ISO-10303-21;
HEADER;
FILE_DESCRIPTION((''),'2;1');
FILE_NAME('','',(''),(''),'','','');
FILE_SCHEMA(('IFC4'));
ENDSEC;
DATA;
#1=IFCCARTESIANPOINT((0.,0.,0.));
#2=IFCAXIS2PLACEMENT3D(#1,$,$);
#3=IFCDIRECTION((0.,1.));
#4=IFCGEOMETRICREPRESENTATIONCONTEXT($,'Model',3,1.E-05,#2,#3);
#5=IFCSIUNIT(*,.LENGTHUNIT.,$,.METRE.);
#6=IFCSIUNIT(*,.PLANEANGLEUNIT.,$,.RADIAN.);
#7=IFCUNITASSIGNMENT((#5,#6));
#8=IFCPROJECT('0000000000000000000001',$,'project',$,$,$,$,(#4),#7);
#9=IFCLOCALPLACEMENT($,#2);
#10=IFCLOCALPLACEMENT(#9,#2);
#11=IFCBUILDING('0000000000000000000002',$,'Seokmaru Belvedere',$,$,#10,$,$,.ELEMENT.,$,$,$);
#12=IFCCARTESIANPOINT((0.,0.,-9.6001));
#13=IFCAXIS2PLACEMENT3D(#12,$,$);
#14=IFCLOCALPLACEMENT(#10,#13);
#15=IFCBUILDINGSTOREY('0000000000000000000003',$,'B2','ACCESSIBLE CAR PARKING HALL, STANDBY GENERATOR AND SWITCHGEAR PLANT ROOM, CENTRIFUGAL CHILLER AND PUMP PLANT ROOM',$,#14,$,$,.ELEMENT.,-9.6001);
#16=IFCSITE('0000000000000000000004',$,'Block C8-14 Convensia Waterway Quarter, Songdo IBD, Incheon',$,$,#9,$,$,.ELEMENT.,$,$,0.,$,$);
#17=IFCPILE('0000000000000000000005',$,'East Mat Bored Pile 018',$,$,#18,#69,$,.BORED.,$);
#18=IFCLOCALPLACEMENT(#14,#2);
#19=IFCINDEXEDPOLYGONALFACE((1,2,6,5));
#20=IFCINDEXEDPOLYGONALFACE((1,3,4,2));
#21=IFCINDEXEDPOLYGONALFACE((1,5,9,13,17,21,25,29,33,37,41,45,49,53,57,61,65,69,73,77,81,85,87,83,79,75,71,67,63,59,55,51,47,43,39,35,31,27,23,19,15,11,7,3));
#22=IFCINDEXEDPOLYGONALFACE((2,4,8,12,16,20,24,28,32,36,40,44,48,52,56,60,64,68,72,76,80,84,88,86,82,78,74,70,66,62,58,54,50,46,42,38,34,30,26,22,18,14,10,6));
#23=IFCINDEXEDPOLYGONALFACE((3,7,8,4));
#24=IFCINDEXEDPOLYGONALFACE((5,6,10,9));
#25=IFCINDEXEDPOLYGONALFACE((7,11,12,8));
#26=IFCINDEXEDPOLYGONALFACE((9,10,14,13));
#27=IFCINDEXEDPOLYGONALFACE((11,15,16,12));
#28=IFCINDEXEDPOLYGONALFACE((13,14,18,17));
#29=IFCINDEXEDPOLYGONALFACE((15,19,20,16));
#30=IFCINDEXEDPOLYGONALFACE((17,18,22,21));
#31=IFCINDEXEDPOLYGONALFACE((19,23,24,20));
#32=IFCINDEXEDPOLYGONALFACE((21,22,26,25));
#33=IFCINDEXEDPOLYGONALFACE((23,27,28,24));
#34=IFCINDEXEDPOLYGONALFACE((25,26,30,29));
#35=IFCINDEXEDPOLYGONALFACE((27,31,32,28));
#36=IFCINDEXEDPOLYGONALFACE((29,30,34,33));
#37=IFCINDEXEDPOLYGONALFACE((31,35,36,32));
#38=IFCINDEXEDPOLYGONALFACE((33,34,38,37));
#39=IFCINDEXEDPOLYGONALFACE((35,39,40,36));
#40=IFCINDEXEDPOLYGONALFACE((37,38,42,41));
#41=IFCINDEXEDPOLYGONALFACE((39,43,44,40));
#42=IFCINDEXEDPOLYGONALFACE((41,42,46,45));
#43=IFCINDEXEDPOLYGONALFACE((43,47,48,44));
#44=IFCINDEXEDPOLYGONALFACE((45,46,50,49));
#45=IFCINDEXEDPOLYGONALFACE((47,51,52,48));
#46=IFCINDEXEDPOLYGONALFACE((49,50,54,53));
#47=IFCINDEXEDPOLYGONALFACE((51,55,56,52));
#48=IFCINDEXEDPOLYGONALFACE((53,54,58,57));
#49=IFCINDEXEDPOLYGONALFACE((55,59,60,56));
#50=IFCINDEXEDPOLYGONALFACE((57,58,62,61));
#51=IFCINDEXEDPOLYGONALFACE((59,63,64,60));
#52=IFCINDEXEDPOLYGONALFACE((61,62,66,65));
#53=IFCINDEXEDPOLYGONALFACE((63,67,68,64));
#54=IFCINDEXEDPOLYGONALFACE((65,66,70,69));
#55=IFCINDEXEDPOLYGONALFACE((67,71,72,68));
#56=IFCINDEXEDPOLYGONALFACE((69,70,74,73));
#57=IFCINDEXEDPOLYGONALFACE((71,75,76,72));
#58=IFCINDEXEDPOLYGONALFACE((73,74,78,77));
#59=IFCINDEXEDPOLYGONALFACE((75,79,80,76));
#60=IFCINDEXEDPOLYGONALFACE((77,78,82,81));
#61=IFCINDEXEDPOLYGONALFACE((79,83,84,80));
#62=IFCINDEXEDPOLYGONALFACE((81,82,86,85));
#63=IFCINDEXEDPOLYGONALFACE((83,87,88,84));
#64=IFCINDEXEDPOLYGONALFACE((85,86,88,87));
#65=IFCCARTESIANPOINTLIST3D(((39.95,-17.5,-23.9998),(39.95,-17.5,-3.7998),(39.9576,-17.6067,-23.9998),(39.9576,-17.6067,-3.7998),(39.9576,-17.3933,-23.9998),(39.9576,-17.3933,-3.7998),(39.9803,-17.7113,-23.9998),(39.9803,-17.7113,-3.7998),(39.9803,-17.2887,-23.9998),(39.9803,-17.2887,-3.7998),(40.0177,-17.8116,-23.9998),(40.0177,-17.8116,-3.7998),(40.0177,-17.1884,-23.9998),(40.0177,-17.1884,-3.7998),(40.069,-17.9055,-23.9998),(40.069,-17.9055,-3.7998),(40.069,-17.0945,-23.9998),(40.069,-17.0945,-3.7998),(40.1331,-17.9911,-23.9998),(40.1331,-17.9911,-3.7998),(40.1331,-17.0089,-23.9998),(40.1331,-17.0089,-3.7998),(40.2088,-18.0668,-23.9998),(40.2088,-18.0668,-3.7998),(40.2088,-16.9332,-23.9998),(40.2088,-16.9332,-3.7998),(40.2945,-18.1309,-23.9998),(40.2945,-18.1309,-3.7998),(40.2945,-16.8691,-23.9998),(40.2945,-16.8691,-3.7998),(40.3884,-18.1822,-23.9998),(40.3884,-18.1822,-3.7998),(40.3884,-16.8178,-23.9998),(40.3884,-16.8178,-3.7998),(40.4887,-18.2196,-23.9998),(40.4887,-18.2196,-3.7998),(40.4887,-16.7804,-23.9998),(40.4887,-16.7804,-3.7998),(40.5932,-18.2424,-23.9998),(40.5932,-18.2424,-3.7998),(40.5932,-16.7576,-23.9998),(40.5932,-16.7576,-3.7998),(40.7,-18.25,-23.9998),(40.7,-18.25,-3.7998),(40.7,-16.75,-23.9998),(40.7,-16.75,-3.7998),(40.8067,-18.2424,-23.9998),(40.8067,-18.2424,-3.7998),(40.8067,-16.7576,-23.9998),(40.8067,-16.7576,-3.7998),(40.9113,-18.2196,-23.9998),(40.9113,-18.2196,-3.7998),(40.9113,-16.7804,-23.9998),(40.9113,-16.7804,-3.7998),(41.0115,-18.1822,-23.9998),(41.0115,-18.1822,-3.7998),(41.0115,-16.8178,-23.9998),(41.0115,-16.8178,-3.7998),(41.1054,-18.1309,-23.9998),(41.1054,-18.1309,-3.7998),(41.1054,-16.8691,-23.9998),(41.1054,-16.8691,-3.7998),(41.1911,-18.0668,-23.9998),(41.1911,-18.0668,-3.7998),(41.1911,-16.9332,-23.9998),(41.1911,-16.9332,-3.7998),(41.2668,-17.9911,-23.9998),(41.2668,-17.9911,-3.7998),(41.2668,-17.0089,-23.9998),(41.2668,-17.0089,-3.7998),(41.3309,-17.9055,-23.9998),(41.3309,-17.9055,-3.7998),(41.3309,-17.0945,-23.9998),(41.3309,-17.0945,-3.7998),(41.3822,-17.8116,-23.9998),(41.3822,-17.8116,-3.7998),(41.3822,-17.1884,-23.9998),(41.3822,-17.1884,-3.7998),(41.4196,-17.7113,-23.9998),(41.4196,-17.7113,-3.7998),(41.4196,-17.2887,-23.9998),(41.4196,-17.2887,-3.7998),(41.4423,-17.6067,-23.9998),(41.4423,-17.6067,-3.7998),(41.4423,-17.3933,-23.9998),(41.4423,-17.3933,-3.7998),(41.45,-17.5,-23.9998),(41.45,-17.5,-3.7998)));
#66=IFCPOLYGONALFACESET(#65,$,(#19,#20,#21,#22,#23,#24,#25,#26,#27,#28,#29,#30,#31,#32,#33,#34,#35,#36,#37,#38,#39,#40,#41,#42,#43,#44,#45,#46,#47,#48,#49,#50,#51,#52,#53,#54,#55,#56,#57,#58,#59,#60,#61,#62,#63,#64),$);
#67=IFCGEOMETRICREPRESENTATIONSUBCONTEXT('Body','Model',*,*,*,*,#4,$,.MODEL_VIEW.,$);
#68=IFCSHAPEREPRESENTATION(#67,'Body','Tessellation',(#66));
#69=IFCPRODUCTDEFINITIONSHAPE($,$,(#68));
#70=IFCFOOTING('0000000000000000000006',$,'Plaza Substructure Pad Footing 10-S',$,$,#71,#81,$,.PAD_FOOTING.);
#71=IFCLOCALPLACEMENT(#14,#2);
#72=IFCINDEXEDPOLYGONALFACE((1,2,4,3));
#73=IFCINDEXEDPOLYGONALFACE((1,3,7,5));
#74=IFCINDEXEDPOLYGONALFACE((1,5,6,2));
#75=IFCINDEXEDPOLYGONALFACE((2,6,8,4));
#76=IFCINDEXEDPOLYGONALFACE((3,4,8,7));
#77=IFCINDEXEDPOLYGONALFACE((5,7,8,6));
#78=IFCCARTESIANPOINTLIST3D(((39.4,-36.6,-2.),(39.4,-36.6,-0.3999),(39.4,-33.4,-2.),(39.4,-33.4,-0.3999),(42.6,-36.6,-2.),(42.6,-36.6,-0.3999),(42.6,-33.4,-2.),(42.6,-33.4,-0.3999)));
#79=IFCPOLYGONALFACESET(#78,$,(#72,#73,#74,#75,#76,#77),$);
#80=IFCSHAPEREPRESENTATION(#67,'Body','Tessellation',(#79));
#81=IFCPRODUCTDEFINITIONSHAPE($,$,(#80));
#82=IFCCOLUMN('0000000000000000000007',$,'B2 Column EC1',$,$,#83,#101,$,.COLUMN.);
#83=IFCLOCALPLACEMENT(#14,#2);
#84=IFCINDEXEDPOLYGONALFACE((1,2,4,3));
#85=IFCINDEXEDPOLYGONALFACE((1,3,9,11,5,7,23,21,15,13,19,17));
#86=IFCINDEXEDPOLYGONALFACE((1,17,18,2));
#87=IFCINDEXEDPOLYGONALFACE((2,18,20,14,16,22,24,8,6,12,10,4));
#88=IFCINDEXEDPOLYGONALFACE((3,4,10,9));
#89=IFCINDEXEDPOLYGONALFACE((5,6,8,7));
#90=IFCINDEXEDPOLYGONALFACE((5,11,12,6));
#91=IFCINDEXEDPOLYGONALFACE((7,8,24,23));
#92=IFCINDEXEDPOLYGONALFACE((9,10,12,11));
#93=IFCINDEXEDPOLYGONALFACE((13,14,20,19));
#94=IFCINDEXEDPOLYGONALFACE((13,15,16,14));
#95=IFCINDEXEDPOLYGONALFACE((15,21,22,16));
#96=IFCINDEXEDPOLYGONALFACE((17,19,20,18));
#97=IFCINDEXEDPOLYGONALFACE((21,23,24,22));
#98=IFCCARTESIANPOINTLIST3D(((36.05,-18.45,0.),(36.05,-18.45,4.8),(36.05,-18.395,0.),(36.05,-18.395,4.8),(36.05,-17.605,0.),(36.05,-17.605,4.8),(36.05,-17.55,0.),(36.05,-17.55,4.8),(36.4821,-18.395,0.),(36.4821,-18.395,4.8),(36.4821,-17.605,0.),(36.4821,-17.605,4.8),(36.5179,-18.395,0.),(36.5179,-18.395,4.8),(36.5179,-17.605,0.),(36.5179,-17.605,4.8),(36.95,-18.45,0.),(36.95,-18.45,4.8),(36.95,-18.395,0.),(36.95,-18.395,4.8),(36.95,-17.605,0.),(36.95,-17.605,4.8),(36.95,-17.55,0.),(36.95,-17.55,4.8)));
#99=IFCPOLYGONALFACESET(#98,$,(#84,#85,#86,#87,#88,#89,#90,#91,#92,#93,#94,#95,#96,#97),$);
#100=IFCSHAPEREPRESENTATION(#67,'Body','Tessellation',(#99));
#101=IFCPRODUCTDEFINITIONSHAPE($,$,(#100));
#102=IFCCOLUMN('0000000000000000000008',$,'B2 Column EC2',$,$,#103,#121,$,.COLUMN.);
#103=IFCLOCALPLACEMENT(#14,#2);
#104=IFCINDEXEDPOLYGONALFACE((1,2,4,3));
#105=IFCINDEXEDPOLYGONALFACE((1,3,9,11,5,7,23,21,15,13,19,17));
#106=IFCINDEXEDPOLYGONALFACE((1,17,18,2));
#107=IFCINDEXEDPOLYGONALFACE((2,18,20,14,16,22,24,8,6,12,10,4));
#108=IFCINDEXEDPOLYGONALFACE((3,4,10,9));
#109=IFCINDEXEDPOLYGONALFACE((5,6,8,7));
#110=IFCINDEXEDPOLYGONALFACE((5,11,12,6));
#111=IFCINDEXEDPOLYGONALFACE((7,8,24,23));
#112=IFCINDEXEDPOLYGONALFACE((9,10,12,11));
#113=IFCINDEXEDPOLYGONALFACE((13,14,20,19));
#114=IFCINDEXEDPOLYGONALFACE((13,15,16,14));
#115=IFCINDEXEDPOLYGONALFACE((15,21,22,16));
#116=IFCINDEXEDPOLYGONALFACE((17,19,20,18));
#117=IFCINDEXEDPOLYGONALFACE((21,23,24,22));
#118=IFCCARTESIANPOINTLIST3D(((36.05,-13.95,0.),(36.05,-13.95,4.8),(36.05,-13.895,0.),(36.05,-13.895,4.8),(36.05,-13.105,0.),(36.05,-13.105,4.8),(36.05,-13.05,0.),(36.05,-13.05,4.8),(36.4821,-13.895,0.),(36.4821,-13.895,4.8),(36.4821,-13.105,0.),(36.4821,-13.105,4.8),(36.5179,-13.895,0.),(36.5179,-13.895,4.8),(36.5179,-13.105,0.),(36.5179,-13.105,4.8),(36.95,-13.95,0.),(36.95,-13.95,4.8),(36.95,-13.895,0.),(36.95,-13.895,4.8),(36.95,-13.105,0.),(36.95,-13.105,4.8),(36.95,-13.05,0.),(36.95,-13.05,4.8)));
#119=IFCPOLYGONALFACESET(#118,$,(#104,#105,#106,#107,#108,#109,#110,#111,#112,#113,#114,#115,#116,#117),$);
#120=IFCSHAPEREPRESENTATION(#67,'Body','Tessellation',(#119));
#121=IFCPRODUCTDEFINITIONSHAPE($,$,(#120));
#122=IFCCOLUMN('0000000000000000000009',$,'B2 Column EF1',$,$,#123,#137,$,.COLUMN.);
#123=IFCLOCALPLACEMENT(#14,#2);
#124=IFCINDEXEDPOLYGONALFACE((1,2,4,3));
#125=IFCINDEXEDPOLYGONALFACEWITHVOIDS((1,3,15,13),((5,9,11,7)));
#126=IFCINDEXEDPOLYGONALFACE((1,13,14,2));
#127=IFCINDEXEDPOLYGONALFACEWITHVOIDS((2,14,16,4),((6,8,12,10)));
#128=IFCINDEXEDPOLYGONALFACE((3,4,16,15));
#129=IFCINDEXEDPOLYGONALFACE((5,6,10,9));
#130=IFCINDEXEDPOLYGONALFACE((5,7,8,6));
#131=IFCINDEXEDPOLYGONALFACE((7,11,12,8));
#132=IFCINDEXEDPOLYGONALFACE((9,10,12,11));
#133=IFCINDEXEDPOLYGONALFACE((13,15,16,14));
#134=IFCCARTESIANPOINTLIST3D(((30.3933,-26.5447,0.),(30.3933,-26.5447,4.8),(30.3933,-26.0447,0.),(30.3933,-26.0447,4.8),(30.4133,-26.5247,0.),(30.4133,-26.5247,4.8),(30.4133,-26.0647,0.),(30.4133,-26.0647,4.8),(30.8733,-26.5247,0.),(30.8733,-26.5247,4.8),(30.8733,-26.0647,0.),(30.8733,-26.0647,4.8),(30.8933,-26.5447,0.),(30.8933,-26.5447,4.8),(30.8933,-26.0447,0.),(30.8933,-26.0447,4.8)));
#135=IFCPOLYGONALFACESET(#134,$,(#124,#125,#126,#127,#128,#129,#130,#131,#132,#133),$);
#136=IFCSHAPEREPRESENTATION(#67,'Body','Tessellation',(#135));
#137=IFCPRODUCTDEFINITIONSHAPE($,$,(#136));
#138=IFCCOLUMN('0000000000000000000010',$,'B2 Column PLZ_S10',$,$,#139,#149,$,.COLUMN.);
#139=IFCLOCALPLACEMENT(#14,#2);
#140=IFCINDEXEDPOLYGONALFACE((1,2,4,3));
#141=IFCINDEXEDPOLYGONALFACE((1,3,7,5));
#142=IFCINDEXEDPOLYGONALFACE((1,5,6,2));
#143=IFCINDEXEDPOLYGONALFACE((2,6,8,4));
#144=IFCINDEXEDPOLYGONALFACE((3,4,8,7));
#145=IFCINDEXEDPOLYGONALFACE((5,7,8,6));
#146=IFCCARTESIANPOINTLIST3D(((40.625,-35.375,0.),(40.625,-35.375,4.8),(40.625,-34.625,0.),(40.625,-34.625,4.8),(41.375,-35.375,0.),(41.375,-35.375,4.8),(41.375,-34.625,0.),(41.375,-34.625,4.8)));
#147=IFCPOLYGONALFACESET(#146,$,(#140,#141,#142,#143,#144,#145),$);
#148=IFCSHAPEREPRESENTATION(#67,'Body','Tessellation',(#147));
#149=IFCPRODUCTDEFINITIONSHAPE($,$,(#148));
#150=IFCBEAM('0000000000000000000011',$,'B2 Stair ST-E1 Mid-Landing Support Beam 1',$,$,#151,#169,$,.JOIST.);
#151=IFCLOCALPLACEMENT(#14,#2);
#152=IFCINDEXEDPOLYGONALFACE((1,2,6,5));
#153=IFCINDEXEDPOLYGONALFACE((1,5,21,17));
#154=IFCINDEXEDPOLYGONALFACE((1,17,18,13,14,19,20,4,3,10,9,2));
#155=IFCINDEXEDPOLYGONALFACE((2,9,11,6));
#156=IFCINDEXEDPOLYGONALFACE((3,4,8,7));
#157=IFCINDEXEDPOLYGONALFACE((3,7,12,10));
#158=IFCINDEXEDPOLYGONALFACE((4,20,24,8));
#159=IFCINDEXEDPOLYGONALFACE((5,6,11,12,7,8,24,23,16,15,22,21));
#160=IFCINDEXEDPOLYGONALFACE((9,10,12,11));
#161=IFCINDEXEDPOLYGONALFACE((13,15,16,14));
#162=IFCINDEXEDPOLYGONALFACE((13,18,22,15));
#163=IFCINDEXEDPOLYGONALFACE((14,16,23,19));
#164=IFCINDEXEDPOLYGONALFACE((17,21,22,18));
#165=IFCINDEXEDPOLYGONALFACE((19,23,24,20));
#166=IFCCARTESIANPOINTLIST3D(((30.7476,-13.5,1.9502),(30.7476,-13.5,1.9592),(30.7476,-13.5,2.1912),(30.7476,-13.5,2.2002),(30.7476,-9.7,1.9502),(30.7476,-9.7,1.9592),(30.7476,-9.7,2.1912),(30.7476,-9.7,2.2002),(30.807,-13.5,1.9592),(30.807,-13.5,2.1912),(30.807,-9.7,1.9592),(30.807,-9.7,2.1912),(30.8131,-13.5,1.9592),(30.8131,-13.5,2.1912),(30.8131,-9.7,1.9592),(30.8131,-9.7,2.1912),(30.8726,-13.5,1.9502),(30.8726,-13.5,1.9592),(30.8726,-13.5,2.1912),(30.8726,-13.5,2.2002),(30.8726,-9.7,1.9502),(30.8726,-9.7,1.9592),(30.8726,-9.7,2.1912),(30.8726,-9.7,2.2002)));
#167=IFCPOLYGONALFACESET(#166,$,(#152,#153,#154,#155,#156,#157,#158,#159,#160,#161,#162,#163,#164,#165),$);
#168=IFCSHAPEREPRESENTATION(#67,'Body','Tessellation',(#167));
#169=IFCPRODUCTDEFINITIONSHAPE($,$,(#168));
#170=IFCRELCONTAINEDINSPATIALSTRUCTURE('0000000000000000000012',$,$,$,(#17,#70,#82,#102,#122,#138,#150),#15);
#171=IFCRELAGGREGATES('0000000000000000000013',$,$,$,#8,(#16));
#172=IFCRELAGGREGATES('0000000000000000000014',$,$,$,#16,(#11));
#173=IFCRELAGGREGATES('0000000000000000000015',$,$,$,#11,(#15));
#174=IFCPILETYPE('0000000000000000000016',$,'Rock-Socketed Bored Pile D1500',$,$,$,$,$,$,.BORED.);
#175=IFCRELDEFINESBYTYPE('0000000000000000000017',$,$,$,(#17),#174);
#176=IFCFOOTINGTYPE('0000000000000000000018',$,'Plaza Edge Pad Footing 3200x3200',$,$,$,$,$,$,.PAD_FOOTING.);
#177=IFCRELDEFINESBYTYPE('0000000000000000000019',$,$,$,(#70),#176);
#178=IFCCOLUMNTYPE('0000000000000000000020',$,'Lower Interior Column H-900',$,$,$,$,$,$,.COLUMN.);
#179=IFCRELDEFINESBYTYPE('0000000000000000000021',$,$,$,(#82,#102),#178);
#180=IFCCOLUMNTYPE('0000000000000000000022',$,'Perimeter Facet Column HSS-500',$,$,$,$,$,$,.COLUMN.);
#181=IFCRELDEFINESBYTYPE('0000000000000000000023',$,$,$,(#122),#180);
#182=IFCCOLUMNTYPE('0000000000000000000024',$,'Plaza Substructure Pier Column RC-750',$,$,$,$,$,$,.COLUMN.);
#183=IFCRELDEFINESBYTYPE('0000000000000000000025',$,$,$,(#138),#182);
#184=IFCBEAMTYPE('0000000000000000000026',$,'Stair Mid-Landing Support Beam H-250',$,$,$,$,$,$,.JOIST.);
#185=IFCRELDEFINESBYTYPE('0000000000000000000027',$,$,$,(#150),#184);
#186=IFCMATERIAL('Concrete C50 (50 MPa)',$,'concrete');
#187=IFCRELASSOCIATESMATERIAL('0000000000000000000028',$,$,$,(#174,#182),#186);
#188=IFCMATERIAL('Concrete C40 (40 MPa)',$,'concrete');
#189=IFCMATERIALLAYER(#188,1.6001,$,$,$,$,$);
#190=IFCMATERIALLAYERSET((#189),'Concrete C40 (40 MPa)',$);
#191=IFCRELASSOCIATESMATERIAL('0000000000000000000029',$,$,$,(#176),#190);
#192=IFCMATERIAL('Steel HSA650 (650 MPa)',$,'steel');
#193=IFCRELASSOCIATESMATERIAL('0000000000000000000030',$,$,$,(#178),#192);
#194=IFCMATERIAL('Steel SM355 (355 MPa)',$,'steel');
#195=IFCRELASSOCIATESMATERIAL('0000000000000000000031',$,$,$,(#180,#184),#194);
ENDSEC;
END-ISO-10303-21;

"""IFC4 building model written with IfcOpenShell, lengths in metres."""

from ifc_helpers import new_model, si_unit, direction, frame, origin, origin_2d, place, context, subcontext, project, spatial, rectangle, hollow_rectangle, circle, i_section, extrude, source, transform, mapped, material, layer, layer_set, material_profile, profile_set, type_object, type_shapes, element, save


model = new_model("IFC4")

# Units and contexts
model_context = context("Model", 3, precision=1e-05, world=origin(), true_north=direction((0.0, 1.0)))
body_context = subcontext(model_context, "Body", "Model", "MODEL_VIEW")
ifc_project = project(units=[si_unit("LENGTHUNIT", "METRE"), si_unit("PLANEANGLEUNIT", "RADIAN")], contexts=[model_context])

# Site, building, storey
site_placement = place(None, origin())
site = spatial("IfcSite", under=ifc_project, at=site_placement, Name="Block C8-14 Convensia Waterway Quarter, Songdo IBD, Incheon", CompositionType="ELEMENT", RefElevation=0.0)
building_placement = place(site_placement, origin())
building = spatial("IfcBuilding", under=site, at=building_placement, Name="Seokmaru Belvedere", CompositionType="ELEMENT")
storey_placement = place(building_placement, frame((0.0, 0.0, -9.6001)))
storey = spatial("IfcBuildingStorey", under=building, at=storey_placement, Name="B2", Description="ACCESSIBLE CAR PARKING HALL, STANDBY GENERATOR AND SWITCHGEAR PLANT ROOM, CENTRIFUGAL CHILLER AND PUMP PLANT ROOM", CompositionType="ELEMENT", Elevation=-9.6001)

# Pile
ifc_material_1 = material(Name="Concrete C50 (50 MPa)", Category="concrete")
ifc_material_profile_1 = material_profile(ifc_material_1, circle(Radius=0.75, at=origin_2d()), Name="PILE-D1500")
ifc_profile_set_1 = profile_set([ifc_material_profile_1], Name="Concrete C50 (50 MPa)")
pile_type = type_object("IfcPileType", Name="Rock-Socketed Bored Pile D1500", PredefinedType="BORED", material=ifc_profile_set_1)
shared_shape_1 = source(origin(), body_context, "Body", "SweptSolid", [
    extrude(circle(Radius=0.75, at=origin_2d()), origin(), (0.0, 0.0, 1.0), 20.2),
])
type_shapes(pile_type, [shared_shape_1])
for number, where, z_axis, x_axis, name in (
    (1, (40.7, -17.5, -3.7998), (0.0, 0.0, -1.0), (1.0, 0.0, 0.0), "East Mat Bored Pile 018"),
):
    element("IfcPile", number, at=place(storey_placement, frame(where, z_axis=z_axis, x_axis=x_axis)), inside=storey, type_object=pile_type, Name=name, PredefinedType="BORED", context=body_context, shape_type="MappedRepresentation", body=[
        mapped(shared_shape_1, transform((0.0, 0.0, 0.0), scale=1.0)),
    ])

# Footing
ifc_material_2 = material(Name="Concrete C40 (40 MPa)", Category="concrete")
ifc_layer_1 = layer(ifc_material_2, 1.6001)
ifc_layer_set_1 = layer_set([ifc_layer_1], Name="Concrete C40 (40 MPa)")
footing_type = type_object("IfcFootingType", Name="Plaza Edge Pad Footing 3200x3200", PredefinedType="PAD_FOOTING", material=ifc_layer_set_1)
shared_shape_2 = source(origin(), body_context, "Body", "SweptSolid", [
    extrude(rectangle(XDim=3.2, YDim=3.2, at=origin_2d()), origin(), (0.0, 0.0, 1.0), 1.6001),
])
type_shapes(footing_type, [shared_shape_2])
footing_placement = place(storey_placement, frame((41.0, -35.0, -2.0), z_axis=(0.0, 0.0, 1.0), x_axis=(1.0, 0.0, 0.0)))
element("IfcFooting", 2, at=footing_placement, inside=storey, type_object=footing_type, Name="Plaza Substructure Pad Footing 10-S", PredefinedType="PAD_FOOTING", context=body_context, shape_type="MappedRepresentation", body=[
    mapped(shared_shape_2, transform((0.0, 0.0, 0.0), scale=1.0)),
])

# Columns
ifc_material_3 = material(Name="Steel HSA650 (650 MPa)", Category="steel")
ifc_material_profile_2 = material_profile(ifc_material_3, i_section(OverallWidth=0.8999, OverallDepth=0.8999, WebThickness=0.0359, FlangeThickness=0.0549, at=origin_2d()), Name="H-900x900x36x55")
ifc_profile_set_2 = profile_set([ifc_material_profile_2], Name="Steel HSA650 (650 MPa)")
column_type_1 = type_object("IfcColumnType", Name="Lower Interior Column H-900", PredefinedType="COLUMN", material=ifc_profile_set_2)
shared_shape_3 = source(origin(), body_context, "Body", "SweptSolid", [
    extrude(i_section(OverallWidth=0.8999, OverallDepth=0.8999, WebThickness=0.0359, FlangeThickness=0.0549, at=origin_2d()), origin(), (0.0, 0.0, 1.0), 4.8),
])
type_shapes(column_type_1, [shared_shape_3])
for number, where, z_axis, x_axis, name in (
    (3, (36.5, -18.0, 0.0), (0.0, 0.0, 1.0), (1.0, 0.0, 0.0), "B2 Column EC1"),
    (4, (36.5, -13.5, 0.0), (0.0, 0.0, 1.0), (1.0, 0.0, 0.0), "B2 Column EC2"),
):
    element("IfcColumn", number, at=place(storey_placement, frame(where, z_axis=z_axis, x_axis=x_axis)), inside=storey, type_object=column_type_1, Name=name, PredefinedType="COLUMN", context=body_context, shape_type="MappedRepresentation", body=[
        mapped(shared_shape_3, transform((0.0, 0.0, 0.0), scale=1.0)),
    ])
ifc_material_4 = material(Name="Steel SM355 (355 MPa)", Category="steel")
ifc_material_profile_3 = material_profile(ifc_material_4, hollow_rectangle(XDim=0.5, YDim=0.5, WallThickness=0.02, at=origin_2d()), Name="HSS-500x500x20")
ifc_profile_set_3 = profile_set([ifc_material_profile_3], Name="Steel SM355 (355 MPa)")
column_type_2 = type_object("IfcColumnType", Name="Perimeter Facet Column HSS-500", PredefinedType="COLUMN", material=ifc_profile_set_3)
shared_shape_4 = source(origin(), body_context, "Body", "SweptSolid", [
    extrude(hollow_rectangle(XDim=0.5, YDim=0.5, WallThickness=0.02, at=origin_2d()), origin(), (0.0, 0.0, 1.0), 4.8),
])
type_shapes(column_type_2, [shared_shape_4])
column_1_placement = place(storey_placement, frame((30.6433, -26.2947, 0.0), z_axis=(0.0, 0.0, 1.0), x_axis=(1.0, 0.0, 0.0)))
element("IfcColumn", 5, at=column_1_placement, inside=storey, type_object=column_type_2, Name="B2 Column EF1", PredefinedType="COLUMN", context=body_context, shape_type="MappedRepresentation", body=[
    mapped(shared_shape_4, transform((0.0, 0.0, 0.0), scale=1.0)),
])
ifc_material_profile_4 = material_profile(ifc_material_1, rectangle(XDim=0.75, YDim=0.75, at=origin_2d()), Name="RC-750x750")
ifc_profile_set_4 = profile_set([ifc_material_profile_4], Name="Concrete C50 (50 MPa)")
column_type_3 = type_object("IfcColumnType", Name="Plaza Substructure Pier Column RC-750", PredefinedType="COLUMN", material=ifc_profile_set_4)
shared_shape_5 = source(origin(), body_context, "Body", "SweptSolid", [
    extrude(rectangle(XDim=0.75, YDim=0.75, at=origin_2d()), origin(), (0.0, 0.0, 1.0), 4.8),
])
type_shapes(column_type_3, [shared_shape_5])
column_2_placement = place(storey_placement, frame((41.0, -35.0, 0.0), z_axis=(0.0, 0.0, 1.0), x_axis=(1.0, 0.0, 0.0)))
element("IfcColumn", 6, at=column_2_placement, inside=storey, type_object=column_type_3, Name="B2 Column PLZ_S10", PredefinedType="COLUMN", context=body_context, shape_type="MappedRepresentation", body=[
    mapped(shared_shape_5, transform((0.0, 0.0, 0.0), scale=1.0)),
])

# Beam
ifc_material_profile_5 = material_profile(ifc_material_4, i_section(OverallWidth=0.125, OverallDepth=0.25, WebThickness=0.0061, FlangeThickness=0.009, at=origin_2d()), Name="H-250x125x6x9")
ifc_profile_set_5 = profile_set([ifc_material_profile_5], Name="Steel SM355 (355 MPa)")
beam_type = type_object("IfcBeamType", Name="Stair Mid-Landing Support Beam H-250", PredefinedType="JOIST", material=ifc_profile_set_5)
shared_shape_6 = source(origin(), body_context, "Body", "SweptSolid", [
    extrude(i_section(OverallWidth=0.125, OverallDepth=0.25, WebThickness=0.0061, FlangeThickness=0.009, at=origin_2d()), origin(), (0.0, 0.0, 1.0), 3.8),
])
type_shapes(beam_type, [shared_shape_6])
beam_placement = place(storey_placement, frame((30.8101, -13.5, 2.0752), z_axis=(0.0, 1.0, 0.0), x_axis=(-1.0, 0.0, 0.0)))
element("IfcBeam", 7, at=beam_placement, inside=storey, type_object=beam_type, Name="B2 Stair ST-E1 Mid-Landing Support Beam 1", PredefinedType="JOIST", context=body_context, shape_type="MappedRepresentation", body=[
    mapped(shared_shape_6, transform((0.0, 0.0, 0.0), scale=1.0)),
])

save(model, "model.ifc")
